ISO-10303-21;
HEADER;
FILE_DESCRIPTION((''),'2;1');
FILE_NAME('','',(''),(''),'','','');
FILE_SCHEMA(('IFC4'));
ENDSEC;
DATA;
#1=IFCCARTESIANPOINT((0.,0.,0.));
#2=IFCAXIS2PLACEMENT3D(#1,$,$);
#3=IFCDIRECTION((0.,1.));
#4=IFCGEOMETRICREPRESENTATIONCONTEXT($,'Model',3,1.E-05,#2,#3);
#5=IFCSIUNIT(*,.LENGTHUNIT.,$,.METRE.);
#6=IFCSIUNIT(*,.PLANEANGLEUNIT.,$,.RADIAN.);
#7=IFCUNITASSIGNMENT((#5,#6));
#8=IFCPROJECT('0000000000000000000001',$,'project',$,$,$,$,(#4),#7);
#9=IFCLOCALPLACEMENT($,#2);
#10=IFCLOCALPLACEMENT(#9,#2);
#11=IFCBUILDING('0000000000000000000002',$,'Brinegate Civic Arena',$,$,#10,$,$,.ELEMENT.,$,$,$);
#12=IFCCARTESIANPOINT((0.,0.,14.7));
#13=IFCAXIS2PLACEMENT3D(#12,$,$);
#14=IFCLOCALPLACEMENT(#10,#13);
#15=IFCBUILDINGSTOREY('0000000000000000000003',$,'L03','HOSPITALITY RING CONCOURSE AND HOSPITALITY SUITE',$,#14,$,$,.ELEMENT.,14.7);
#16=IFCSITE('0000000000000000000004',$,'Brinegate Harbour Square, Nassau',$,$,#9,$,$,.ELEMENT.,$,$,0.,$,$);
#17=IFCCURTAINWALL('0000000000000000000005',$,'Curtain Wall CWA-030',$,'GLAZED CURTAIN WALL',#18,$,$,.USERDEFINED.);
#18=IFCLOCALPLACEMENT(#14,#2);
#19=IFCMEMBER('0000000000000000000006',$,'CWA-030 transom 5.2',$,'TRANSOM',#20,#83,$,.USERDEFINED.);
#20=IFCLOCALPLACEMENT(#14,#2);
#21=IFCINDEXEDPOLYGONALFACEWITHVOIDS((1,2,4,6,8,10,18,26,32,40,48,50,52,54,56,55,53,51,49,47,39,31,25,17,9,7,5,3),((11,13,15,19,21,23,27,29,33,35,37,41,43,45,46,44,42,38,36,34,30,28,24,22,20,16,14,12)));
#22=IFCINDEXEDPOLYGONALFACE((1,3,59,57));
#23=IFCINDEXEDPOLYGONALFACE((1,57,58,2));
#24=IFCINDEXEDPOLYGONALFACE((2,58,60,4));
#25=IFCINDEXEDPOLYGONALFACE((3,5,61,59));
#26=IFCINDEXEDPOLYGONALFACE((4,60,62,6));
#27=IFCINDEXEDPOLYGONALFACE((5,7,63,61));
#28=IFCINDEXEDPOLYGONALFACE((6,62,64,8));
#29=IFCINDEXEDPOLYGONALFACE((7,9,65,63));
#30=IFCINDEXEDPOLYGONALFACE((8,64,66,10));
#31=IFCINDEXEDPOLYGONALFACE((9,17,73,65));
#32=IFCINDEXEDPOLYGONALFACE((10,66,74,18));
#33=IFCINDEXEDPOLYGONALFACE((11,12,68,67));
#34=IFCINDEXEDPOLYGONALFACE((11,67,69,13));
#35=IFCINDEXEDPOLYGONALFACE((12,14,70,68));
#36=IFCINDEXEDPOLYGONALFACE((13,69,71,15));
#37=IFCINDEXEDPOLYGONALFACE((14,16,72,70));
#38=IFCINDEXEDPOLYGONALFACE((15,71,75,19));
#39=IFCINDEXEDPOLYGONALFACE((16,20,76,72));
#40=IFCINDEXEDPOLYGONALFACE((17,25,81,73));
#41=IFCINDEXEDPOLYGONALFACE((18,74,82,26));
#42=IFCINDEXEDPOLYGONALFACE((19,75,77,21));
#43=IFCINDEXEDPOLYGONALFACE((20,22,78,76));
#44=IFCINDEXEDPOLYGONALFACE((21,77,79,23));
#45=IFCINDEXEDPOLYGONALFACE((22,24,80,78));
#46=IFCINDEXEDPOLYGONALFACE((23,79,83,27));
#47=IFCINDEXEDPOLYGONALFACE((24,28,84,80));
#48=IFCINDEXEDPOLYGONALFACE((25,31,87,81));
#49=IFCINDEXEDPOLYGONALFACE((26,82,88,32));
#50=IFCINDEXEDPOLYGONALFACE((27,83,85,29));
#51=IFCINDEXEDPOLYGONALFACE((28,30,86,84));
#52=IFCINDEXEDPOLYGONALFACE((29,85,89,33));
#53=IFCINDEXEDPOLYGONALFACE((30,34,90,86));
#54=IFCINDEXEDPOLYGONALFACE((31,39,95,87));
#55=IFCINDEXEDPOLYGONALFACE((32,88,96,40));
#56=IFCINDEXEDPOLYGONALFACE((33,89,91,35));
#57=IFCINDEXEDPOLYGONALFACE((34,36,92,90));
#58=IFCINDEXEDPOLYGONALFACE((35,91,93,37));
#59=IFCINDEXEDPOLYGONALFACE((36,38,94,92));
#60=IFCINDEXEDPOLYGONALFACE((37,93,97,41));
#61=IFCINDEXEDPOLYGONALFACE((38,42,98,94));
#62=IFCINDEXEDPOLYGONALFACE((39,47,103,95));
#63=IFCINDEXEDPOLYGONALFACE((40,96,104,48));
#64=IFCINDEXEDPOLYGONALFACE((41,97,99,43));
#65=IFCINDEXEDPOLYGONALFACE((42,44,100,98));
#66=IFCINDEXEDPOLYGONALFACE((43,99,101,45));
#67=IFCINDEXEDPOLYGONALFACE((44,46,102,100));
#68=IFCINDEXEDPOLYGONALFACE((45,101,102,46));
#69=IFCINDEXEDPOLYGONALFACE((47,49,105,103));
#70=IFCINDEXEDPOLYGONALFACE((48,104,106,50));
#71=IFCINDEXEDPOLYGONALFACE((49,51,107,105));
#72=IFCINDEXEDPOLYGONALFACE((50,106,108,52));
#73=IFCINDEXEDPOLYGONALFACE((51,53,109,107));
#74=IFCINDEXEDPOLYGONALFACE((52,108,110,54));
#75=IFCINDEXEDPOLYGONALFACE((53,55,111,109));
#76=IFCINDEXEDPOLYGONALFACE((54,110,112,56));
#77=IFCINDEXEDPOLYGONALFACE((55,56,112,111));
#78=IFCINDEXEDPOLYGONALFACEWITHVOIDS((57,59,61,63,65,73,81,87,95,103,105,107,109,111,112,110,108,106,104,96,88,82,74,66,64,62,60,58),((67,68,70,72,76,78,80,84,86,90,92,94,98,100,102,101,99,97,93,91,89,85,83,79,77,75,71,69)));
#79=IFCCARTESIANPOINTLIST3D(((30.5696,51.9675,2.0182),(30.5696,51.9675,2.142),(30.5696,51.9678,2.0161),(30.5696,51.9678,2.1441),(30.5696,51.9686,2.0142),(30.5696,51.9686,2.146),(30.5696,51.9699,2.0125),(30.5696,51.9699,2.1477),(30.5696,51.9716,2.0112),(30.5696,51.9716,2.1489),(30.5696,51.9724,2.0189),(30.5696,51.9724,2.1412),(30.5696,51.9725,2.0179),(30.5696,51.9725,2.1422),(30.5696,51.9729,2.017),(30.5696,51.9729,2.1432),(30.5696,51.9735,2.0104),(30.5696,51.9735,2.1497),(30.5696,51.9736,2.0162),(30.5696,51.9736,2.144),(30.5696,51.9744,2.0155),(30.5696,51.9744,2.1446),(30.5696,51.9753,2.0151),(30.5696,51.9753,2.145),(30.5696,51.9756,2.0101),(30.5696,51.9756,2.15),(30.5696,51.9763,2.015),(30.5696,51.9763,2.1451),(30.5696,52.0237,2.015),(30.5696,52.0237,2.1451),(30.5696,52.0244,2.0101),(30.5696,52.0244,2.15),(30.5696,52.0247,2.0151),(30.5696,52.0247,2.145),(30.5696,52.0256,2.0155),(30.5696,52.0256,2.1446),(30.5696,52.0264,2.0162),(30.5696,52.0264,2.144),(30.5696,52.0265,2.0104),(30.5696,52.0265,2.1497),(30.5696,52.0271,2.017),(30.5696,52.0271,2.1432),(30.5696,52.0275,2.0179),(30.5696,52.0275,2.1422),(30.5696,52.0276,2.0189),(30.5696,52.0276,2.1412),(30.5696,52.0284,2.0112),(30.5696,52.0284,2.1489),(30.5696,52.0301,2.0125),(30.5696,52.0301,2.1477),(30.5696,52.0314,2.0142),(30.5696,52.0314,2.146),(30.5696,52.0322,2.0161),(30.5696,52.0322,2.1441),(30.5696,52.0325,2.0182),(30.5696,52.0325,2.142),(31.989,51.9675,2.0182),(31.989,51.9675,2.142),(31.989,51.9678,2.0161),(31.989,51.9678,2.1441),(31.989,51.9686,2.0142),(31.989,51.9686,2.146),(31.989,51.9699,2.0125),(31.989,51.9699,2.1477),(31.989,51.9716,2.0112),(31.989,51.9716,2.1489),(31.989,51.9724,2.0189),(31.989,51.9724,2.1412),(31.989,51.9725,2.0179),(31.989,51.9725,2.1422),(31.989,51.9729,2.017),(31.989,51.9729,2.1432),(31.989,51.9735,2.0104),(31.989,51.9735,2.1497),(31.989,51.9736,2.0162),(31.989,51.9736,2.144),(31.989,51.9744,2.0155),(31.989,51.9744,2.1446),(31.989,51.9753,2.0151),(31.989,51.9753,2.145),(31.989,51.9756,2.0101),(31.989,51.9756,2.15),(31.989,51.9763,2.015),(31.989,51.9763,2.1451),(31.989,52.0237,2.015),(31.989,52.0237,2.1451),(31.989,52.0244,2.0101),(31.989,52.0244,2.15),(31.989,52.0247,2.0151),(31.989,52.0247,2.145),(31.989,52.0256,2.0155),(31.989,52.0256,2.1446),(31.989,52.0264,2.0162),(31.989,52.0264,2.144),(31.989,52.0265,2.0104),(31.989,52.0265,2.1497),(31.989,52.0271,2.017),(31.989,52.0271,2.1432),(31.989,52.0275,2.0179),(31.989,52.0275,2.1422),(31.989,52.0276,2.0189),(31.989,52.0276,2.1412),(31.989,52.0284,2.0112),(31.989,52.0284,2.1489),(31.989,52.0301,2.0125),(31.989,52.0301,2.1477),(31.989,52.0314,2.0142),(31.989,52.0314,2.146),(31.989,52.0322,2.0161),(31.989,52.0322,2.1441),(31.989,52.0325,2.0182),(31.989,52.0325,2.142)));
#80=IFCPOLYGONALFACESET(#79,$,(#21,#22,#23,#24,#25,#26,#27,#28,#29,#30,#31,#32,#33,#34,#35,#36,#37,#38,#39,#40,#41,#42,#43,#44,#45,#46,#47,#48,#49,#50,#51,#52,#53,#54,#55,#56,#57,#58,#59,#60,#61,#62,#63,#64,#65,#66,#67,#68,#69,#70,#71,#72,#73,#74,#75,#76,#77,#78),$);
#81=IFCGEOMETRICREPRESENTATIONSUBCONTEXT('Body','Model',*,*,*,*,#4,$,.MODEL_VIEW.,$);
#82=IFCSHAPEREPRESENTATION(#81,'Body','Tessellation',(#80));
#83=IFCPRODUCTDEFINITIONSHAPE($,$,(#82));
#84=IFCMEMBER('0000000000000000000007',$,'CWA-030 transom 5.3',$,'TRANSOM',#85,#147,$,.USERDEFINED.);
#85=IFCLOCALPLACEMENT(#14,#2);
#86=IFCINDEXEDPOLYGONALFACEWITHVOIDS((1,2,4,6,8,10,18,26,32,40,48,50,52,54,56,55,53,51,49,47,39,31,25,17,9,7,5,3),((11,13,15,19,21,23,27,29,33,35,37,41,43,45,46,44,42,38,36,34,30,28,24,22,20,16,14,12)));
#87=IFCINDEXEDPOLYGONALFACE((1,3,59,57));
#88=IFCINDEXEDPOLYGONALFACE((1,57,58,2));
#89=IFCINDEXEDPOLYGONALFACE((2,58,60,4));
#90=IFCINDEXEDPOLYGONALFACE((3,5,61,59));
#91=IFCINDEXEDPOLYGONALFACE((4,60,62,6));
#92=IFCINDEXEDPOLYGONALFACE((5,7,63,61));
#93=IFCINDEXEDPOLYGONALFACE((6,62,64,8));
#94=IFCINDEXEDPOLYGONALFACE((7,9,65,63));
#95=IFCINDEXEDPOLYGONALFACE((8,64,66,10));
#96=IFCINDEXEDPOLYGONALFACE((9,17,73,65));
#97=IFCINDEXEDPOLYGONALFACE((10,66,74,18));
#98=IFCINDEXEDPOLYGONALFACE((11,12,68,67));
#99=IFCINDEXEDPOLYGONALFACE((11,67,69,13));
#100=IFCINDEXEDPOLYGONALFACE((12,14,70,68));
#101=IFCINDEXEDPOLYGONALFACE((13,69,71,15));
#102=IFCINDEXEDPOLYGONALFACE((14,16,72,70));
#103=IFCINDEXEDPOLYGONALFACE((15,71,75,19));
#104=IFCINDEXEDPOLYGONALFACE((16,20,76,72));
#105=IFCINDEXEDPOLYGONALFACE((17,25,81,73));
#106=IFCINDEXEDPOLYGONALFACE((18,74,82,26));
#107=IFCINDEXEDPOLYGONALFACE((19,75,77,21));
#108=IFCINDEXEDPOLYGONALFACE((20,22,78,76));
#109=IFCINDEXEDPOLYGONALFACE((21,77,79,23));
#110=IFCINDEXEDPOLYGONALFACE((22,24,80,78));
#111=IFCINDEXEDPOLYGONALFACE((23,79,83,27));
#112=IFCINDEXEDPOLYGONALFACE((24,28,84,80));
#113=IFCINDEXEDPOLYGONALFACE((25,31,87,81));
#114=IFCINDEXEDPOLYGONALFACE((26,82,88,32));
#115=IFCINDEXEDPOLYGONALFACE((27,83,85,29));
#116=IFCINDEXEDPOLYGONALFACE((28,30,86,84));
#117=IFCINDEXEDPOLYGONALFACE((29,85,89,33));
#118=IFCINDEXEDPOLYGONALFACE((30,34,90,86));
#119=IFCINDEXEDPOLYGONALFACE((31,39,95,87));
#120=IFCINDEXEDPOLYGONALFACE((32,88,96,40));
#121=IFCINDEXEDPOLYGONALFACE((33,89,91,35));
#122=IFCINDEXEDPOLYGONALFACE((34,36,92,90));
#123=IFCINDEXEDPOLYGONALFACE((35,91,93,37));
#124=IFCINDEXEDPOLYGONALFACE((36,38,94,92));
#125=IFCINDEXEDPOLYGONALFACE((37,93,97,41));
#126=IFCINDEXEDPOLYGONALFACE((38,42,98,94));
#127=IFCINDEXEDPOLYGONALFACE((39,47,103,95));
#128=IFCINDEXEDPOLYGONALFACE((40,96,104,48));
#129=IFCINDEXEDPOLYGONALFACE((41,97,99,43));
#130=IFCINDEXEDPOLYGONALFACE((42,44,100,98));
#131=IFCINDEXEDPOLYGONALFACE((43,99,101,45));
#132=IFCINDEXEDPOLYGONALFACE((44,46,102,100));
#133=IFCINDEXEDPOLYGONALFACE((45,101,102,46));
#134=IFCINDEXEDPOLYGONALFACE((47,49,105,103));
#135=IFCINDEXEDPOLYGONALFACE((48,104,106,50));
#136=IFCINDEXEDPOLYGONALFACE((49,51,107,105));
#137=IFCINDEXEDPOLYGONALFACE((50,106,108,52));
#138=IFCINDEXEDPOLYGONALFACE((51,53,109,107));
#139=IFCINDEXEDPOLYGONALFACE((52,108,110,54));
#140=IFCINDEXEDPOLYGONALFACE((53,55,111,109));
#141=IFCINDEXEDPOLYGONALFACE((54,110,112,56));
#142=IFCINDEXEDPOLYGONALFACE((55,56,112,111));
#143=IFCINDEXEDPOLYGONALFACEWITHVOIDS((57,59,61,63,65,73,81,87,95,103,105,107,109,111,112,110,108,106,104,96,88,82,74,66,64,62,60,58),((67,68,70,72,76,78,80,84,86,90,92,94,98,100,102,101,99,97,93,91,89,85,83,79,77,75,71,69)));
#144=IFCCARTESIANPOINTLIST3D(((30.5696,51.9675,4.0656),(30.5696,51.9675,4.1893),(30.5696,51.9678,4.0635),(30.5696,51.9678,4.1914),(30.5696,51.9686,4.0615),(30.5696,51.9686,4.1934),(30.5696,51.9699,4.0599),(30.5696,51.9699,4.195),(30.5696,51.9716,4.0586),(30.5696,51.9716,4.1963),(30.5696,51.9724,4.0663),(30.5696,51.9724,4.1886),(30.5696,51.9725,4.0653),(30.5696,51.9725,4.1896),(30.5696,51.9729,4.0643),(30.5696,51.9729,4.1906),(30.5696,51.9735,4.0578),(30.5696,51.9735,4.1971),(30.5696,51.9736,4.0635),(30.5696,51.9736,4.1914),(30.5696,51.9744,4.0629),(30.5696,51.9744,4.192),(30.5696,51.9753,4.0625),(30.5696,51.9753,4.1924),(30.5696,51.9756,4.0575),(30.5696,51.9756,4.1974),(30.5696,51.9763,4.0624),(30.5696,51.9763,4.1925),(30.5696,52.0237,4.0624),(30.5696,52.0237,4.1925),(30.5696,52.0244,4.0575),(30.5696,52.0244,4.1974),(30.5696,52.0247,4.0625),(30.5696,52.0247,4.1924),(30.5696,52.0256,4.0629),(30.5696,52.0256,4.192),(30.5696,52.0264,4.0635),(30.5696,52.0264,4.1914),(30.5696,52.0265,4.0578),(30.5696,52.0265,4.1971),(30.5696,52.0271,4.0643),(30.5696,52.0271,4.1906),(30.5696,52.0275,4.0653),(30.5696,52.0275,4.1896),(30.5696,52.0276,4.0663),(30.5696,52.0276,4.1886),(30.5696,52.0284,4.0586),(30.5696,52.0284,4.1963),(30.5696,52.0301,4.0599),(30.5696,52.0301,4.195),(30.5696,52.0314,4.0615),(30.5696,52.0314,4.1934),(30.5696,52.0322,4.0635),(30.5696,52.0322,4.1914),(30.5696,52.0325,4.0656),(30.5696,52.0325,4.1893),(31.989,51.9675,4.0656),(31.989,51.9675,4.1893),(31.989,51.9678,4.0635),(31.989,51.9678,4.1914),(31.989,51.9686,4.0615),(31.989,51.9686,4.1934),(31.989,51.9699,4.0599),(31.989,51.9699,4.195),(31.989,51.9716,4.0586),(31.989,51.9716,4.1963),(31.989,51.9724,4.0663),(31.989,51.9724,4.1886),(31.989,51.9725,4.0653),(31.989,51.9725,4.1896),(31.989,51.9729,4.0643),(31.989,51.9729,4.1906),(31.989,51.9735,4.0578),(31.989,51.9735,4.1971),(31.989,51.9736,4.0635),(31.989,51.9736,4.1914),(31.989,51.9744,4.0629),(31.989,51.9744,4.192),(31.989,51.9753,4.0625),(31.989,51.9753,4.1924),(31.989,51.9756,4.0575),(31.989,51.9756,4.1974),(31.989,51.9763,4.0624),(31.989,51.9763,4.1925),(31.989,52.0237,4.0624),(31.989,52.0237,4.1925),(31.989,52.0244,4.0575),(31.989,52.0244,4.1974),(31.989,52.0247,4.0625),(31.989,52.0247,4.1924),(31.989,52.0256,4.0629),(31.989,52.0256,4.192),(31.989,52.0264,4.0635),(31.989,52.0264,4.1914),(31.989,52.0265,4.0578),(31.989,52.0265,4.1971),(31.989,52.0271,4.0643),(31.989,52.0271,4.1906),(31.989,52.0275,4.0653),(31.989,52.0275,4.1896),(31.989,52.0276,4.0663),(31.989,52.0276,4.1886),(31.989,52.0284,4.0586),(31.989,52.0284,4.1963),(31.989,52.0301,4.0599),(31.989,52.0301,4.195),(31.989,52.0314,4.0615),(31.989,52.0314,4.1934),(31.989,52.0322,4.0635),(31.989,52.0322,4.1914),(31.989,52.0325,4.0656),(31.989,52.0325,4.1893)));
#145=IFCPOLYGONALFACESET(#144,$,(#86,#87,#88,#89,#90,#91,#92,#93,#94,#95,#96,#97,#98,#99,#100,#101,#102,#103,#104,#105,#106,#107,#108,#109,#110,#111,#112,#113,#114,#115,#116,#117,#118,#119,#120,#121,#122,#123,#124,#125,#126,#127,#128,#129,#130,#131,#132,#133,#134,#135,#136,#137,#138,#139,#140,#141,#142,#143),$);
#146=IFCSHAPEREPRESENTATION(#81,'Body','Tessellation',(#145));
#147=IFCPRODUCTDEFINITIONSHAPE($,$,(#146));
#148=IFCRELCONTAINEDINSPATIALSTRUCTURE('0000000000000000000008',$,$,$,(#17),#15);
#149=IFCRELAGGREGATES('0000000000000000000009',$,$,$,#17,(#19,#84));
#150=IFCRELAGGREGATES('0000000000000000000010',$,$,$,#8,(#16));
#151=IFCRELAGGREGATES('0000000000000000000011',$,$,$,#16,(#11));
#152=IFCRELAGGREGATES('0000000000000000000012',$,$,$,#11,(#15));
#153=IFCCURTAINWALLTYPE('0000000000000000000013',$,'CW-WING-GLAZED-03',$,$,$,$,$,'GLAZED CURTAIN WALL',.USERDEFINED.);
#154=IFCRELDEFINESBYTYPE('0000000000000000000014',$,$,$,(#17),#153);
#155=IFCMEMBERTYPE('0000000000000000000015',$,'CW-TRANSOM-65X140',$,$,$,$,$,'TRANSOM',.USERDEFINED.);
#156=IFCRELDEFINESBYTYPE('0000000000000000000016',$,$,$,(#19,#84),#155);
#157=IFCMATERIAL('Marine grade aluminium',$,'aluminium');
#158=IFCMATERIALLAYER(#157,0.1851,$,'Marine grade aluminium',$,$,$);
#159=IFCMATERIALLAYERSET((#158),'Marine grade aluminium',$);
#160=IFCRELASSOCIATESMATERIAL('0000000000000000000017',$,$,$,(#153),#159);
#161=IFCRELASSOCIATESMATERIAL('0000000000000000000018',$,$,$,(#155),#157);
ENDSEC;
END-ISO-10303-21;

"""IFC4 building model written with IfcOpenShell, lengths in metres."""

from ifc_helpers import new_model, si_unit, direction, frame, origin, origin_2d, place, context, subcontext, project, spatial, hollow_rectangle, extrude, material, layer, layer_set, material_profile, profile_set, type_object, element, aggregate, save


model = new_model("IFC4")

# Units and contexts
model_context = context("Model", 3, precision=1e-05, world=origin(), true_north=direction((0.0, 1.0)))
body_context = subcontext(model_context, "Body", "Model", "MODEL_VIEW")
ifc_project = project(units=[si_unit("LENGTHUNIT", "METRE"), si_unit("PLANEANGLEUNIT", "RADIAN")], contexts=[model_context])

# Site, building, storey
site_placement = place(None, origin())
site = spatial("IfcSite", under=ifc_project, at=site_placement, Name="Brinegate Harbour Square, Nassau", CompositionType="ELEMENT", RefElevation=0.0)
building_placement = place(site_placement, origin())
building = spatial("IfcBuilding", under=site, at=building_placement, Name="Brinegate Civic Arena", CompositionType="ELEMENT")
storey_placement = place(building_placement, frame((0.0, 0.0, 14.7)))
storey = spatial("IfcBuildingStorey", under=building, at=storey_placement, Name="L03", Description="HOSPITALITY RING CONCOURSE AND HOSPITALITY SUITE", CompositionType="ELEMENT", Elevation=14.7)

# Curtain wall
ifc_material_1 = material(Name="Marine grade aluminium", Category="aluminium")
ifc_layer_1 = layer(ifc_material_1, 0.1851, Name="Marine grade aluminium")
ifc_layer_set_1 = layer_set([ifc_layer_1], Name="Marine grade aluminium")
curtain_wall_type = type_object("IfcCurtainWallType", Name="CW-WING-GLAZED-03", ElementType="GLAZED CURTAIN WALL", PredefinedType="USERDEFINED", material=ifc_layer_set_1)
curtain_wall_1_placement = place(storey_placement, origin())
curtain_wall_1 = element("IfcCurtainWall", 1, at=curtain_wall_1_placement, inside=storey, type_object=curtain_wall_type, Name="Curtain Wall CWA-030", ObjectType="GLAZED CURTAIN WALL", PredefinedType="USERDEFINED")

# Members
ifc_material_profile_1 = material_profile(ifc_material_1, hollow_rectangle(XDim=0.0649, YDim=0.1399, WallThickness=0.0049, InnerFilletRadius=0.0039, OuterFilletRadius=0.0081, at=origin_2d()), Name="TRN65X140")
ifc_profile_set_1 = profile_set([ifc_material_profile_1], Name="Marine grade aluminium")
member_type_1 = type_object("IfcMemberType", Name="CW-TRANSOM-65X140", ElementType="TRANSOM", PredefinedType="USERDEFINED", material=ifc_profile_set_1)
member_1_placement = place(storey_placement, frame((30.5696, 52.0, 2.0801), z_axis=(1.0, 0.0, 0.0), x_axis=(0.0, 1.0, 0.0)))
member_1 = element("IfcMember", 2, at=member_1_placement, type_object=member_type_1, Name="CWA-030 transom 5.2", ObjectType="TRANSOM", PredefinedType="USERDEFINED", context=body_context, shape_type="SweptSolid", body=[
    extrude(hollow_rectangle(XDim=0.0649, YDim=0.1399, WallThickness=0.0049, InnerFilletRadius=0.0039, OuterFilletRadius=0.0081, at=origin_2d()), origin(), (0.0, 0.0, 1.0), 1.4194),
])
member_2_placement = place(storey_placement, frame((30.5696, 52.0, 4.1274), z_axis=(1.0, 0.0, 0.0), x_axis=(0.0, 1.0, 0.0)))
member_2 = element("IfcMember", 3, at=member_2_placement, type_object=member_type_1, Name="CWA-030 transom 5.3", ObjectType="TRANSOM", PredefinedType="USERDEFINED", context=body_context, shape_type="SweptSolid", body=[
    extrude(hollow_rectangle(XDim=0.0649, YDim=0.1399, WallThickness=0.0049, InnerFilletRadius=0.0039, OuterFilletRadius=0.0081, at=origin_2d()), origin(), (0.0, 0.0, 1.0), 1.4194),
])

aggregate(curtain_wall_1, [member_1, member_2])

save(model, "model.ifc")
